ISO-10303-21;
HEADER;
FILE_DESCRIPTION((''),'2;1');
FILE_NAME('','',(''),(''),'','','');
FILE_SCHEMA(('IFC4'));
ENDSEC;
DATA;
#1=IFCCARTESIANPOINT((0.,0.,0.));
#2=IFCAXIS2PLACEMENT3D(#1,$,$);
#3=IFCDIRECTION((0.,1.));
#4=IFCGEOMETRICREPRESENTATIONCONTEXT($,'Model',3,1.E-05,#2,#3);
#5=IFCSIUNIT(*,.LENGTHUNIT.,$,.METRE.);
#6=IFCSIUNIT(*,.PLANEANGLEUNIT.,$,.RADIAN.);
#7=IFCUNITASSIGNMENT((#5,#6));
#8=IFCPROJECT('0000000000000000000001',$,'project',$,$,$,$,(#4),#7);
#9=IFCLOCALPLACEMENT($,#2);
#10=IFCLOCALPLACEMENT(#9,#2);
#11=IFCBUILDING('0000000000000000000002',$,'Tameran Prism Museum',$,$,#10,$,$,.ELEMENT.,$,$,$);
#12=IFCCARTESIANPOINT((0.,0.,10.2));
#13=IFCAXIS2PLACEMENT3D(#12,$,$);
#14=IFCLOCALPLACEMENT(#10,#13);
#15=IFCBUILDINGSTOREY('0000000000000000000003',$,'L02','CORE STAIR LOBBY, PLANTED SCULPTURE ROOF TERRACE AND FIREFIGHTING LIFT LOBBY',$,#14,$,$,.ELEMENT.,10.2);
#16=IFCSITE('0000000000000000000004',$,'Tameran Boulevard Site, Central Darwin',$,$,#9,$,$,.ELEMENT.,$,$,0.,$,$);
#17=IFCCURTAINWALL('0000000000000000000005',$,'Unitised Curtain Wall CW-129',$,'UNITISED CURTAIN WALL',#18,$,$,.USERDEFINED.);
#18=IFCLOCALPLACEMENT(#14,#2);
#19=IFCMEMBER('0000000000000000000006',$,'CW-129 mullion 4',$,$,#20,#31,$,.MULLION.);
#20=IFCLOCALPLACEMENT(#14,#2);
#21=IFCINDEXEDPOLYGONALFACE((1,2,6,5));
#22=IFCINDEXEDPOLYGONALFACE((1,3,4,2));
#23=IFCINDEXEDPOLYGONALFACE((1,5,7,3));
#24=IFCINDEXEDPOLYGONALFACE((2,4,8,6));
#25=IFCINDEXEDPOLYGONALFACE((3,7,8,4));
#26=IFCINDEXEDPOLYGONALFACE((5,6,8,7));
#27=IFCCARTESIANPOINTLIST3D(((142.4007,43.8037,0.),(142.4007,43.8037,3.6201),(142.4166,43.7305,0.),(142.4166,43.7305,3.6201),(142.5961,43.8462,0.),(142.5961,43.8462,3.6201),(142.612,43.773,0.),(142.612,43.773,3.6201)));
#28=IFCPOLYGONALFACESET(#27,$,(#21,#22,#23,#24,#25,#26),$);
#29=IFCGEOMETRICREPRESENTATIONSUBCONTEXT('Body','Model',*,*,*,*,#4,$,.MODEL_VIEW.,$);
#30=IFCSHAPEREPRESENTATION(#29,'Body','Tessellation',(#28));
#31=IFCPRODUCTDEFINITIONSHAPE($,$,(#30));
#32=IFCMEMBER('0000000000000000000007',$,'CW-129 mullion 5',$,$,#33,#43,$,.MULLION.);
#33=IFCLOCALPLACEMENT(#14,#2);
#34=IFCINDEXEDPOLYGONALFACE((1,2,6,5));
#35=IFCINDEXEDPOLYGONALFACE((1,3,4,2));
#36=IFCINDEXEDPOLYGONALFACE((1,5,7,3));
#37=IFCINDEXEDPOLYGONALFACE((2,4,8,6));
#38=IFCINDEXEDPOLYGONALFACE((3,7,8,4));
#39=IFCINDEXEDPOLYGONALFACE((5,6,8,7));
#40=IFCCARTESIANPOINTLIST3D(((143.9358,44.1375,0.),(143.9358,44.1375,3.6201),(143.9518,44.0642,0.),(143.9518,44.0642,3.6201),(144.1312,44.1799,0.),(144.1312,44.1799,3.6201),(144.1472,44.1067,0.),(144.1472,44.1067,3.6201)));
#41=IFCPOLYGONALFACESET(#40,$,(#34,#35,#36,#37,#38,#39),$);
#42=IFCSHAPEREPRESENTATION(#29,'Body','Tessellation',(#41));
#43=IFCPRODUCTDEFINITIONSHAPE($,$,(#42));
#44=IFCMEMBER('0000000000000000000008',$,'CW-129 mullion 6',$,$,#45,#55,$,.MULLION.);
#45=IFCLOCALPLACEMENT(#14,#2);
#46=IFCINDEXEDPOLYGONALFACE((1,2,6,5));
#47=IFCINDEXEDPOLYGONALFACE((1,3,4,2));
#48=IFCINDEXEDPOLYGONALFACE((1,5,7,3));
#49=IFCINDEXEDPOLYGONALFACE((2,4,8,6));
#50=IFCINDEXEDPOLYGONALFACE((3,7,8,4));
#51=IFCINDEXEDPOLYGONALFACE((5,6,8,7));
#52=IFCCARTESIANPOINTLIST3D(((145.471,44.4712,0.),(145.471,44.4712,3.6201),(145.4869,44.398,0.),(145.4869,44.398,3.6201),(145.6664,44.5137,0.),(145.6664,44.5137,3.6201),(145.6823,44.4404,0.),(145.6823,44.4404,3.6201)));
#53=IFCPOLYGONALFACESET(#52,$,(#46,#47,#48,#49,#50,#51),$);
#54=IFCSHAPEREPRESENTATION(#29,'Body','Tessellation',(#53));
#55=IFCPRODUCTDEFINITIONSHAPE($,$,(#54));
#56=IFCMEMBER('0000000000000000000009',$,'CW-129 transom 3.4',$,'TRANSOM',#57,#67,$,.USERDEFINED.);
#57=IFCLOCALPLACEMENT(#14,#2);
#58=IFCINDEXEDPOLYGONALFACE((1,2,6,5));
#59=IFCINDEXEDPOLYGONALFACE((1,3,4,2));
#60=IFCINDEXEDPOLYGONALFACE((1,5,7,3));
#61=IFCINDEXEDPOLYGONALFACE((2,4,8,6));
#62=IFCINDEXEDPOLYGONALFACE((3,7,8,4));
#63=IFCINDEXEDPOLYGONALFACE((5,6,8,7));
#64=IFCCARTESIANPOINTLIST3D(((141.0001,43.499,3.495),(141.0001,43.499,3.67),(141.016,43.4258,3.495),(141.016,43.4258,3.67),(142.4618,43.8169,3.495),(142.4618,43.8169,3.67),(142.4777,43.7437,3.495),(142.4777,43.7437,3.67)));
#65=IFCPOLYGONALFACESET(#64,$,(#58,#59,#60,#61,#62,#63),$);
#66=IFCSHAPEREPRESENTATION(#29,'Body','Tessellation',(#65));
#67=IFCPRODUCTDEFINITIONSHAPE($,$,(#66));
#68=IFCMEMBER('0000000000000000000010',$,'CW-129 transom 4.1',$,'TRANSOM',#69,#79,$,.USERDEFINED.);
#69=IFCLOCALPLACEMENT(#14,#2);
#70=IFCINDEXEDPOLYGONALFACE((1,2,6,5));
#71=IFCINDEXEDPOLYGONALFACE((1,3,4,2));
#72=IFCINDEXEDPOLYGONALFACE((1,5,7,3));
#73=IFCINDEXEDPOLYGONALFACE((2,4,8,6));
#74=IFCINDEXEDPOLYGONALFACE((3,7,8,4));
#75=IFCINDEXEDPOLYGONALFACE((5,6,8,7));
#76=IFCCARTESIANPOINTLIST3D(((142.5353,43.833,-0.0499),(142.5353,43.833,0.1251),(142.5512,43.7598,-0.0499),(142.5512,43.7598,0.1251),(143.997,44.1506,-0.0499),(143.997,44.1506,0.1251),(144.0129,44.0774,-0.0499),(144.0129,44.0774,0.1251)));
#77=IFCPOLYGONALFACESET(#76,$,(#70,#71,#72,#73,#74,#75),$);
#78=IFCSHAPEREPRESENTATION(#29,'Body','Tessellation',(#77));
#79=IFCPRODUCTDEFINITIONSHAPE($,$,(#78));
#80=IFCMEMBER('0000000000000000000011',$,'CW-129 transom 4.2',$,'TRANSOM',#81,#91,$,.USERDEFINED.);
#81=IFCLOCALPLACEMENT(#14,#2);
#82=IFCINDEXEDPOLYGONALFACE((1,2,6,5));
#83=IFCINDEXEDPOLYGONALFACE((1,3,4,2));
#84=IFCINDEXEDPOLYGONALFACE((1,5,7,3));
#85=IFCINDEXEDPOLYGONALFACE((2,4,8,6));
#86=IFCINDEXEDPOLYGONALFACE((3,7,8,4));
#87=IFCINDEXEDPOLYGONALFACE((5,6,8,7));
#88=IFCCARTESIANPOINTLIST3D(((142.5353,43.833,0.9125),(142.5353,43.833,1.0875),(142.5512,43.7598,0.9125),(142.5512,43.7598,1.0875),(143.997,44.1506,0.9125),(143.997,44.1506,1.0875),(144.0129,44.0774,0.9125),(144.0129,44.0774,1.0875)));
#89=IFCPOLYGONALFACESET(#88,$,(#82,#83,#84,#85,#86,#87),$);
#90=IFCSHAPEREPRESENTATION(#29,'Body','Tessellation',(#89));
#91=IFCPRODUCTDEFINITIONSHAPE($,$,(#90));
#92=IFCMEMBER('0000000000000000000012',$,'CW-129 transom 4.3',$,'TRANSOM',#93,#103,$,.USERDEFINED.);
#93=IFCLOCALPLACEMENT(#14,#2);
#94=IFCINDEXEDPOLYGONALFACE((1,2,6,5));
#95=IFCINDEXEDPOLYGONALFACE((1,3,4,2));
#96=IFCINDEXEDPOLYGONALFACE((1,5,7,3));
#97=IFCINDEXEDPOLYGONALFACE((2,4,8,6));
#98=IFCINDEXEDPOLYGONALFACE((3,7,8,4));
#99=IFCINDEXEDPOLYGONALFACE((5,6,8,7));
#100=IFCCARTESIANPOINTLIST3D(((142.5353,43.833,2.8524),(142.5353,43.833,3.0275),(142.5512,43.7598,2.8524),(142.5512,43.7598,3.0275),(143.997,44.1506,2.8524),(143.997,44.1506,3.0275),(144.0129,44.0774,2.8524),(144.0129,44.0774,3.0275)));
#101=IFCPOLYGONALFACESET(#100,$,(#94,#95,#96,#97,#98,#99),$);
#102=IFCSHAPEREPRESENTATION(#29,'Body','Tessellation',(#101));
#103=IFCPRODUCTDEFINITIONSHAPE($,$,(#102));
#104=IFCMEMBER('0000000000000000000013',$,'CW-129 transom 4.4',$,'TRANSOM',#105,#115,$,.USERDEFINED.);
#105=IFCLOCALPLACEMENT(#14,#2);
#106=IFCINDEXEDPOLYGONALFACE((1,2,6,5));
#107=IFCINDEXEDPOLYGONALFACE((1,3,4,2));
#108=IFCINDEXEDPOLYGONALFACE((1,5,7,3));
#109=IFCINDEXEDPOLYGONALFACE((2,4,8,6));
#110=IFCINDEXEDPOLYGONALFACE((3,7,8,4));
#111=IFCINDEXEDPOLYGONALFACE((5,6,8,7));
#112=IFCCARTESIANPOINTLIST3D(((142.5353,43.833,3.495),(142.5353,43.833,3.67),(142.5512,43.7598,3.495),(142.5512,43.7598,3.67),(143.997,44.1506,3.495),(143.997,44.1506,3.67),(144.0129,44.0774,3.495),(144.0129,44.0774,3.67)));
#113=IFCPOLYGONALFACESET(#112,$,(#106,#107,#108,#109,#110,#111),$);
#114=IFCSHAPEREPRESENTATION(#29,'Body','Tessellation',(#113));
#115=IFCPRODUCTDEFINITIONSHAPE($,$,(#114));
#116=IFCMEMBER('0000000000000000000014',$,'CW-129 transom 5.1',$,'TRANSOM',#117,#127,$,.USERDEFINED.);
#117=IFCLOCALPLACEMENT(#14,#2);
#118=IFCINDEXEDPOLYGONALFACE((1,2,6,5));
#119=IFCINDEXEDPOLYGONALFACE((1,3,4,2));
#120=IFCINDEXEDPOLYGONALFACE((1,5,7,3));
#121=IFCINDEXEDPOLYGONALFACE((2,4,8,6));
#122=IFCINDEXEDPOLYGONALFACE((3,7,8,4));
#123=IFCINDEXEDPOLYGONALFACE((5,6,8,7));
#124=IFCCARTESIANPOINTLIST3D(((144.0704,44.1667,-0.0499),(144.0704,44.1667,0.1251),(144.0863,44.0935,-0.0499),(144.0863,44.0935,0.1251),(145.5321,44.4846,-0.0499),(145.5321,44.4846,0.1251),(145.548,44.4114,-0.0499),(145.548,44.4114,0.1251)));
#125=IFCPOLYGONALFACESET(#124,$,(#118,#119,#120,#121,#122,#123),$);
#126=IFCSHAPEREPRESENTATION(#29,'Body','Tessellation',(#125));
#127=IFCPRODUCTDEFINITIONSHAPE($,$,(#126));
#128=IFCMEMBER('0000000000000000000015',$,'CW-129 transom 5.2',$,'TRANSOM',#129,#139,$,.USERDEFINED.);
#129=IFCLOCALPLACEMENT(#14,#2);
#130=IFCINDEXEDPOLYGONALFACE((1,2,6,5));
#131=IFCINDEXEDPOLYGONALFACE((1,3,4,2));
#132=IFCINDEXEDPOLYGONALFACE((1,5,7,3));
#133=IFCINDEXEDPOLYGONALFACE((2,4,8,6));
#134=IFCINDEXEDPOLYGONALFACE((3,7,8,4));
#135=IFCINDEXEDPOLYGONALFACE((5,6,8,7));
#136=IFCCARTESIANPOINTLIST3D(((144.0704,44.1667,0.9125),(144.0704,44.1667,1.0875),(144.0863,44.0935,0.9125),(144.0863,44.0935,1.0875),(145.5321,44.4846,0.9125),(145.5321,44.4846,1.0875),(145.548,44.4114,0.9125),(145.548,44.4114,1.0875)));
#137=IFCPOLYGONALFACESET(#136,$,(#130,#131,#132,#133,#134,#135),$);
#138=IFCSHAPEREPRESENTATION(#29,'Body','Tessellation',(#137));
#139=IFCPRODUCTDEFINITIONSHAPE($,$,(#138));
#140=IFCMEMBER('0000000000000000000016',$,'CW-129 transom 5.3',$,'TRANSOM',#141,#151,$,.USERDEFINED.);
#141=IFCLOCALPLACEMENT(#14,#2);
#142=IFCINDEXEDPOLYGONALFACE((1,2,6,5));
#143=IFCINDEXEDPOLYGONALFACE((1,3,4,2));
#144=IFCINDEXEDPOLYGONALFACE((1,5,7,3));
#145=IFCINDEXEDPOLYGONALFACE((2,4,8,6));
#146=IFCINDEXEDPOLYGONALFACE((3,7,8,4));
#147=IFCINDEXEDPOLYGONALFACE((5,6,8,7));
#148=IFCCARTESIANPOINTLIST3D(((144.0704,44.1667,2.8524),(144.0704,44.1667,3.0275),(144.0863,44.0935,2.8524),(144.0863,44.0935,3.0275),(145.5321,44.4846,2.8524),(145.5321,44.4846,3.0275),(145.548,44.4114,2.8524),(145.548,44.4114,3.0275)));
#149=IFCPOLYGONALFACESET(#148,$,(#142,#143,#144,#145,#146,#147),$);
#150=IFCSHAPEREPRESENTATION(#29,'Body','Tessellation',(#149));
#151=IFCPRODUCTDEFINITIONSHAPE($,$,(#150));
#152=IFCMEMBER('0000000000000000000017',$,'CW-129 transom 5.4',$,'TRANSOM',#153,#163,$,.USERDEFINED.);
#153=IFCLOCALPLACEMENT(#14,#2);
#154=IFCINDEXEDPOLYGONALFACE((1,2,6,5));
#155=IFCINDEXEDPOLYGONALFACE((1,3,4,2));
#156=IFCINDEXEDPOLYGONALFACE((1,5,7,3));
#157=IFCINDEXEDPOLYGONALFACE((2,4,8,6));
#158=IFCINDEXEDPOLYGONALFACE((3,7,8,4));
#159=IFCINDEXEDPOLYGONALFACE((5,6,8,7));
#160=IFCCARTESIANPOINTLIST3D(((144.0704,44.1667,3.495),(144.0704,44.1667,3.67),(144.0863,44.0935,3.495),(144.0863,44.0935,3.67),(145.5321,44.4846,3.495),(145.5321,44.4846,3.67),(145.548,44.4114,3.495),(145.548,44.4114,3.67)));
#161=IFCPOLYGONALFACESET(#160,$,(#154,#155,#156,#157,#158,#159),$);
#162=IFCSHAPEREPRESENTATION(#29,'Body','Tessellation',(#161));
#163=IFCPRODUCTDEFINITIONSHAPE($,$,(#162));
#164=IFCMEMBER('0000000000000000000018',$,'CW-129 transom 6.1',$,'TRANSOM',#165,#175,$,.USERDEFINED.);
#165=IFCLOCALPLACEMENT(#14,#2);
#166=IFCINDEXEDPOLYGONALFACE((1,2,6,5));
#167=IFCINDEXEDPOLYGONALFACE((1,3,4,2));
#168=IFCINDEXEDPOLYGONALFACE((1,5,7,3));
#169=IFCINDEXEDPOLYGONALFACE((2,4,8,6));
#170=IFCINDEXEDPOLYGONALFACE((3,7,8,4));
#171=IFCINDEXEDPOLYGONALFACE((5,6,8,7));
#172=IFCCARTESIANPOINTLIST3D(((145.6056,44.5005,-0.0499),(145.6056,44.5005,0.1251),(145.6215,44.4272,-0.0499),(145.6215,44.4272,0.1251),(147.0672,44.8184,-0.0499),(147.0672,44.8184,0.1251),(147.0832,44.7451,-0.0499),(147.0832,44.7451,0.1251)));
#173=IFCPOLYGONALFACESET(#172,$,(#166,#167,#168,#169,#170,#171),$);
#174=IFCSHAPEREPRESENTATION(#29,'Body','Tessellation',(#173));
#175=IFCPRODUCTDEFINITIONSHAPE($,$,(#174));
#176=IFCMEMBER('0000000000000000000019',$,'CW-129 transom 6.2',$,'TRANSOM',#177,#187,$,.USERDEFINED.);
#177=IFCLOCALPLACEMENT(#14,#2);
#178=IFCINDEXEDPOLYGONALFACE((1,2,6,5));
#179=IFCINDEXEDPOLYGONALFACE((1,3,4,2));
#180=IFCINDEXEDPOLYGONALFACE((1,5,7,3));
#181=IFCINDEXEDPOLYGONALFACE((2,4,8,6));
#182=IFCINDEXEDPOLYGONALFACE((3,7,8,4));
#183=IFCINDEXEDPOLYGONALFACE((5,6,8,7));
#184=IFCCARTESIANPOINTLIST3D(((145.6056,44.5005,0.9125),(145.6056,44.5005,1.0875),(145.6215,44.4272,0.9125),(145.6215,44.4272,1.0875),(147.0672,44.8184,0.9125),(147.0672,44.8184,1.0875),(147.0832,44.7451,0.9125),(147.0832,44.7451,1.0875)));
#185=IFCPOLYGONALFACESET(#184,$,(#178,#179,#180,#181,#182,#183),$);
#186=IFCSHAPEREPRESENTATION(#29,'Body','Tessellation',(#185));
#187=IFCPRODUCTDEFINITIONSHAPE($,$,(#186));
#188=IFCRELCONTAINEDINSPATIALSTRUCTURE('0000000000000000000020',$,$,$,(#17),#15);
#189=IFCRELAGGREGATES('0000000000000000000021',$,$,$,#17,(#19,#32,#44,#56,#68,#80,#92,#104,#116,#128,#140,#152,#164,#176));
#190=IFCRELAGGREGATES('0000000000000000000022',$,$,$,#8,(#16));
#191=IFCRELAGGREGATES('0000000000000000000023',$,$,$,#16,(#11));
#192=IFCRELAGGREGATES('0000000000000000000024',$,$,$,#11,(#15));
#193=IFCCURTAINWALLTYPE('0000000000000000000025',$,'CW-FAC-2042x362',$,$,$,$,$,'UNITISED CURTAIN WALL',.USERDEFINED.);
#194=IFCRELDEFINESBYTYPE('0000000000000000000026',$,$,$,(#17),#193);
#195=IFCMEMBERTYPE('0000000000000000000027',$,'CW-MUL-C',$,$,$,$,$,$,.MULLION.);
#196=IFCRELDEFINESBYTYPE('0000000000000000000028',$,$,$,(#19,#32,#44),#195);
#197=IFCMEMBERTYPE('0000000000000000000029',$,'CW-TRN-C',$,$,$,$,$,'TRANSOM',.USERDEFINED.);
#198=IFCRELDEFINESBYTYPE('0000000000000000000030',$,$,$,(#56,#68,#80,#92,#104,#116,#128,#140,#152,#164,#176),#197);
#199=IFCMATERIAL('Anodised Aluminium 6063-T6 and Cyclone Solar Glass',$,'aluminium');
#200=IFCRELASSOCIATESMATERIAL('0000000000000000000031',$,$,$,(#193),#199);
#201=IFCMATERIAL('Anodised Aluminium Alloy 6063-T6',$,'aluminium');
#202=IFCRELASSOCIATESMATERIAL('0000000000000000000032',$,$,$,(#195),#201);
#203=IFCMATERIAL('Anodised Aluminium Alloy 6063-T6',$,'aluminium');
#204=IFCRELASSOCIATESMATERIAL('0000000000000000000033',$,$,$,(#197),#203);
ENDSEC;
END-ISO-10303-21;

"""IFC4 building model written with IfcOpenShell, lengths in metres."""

from ifc_helpers import new_model, si_unit, direction, frame, origin, origin_2d, place, context, subcontext, project, spatial, rectangle, extrude, material, material_profile, profile_set, type_object, element, aggregate, save


model = new_model("IFC4")

# Units and contexts
model_context = context("Model", 3, precision=1e-05, world=origin(), true_north=direction((0.0, 1.0)))
body_context = subcontext(model_context, "Body", "Model", "MODEL_VIEW")
ifc_project = project(units=[si_unit("LENGTHUNIT", "METRE"), si_unit("PLANEANGLEUNIT", "RADIAN")], contexts=[model_context])

# Site, building, storey
site_placement = place(None, origin())
site = spatial("IfcSite", under=ifc_project, at=site_placement, Name="Tameran Boulevard Site, Central Darwin", CompositionType="ELEMENT", RefElevation=0.0)
building_placement = place(site_placement, origin())
building = spatial("IfcBuilding", under=site, at=building_placement, Name="Tameran Prism Museum", CompositionType="ELEMENT")
storey_placement = place(building_placement, frame((0.0, 0.0, 10.2)))
storey = spatial("IfcBuildingStorey", under=building, at=storey_placement, Name="L02", Description="CORE STAIR LOBBY, PLANTED SCULPTURE ROOF TERRACE AND FIREFIGHTING LIFT LOBBY", CompositionType="ELEMENT", Elevation=10.2)

# Curtain wall, members
ifc_material_1 = material(Name="Anodised Aluminium 6063-T6 and Cyclone Solar Glass", Category="aluminium")
curtain_wall_type = type_object("IfcCurtainWallType", Name="CW-FAC-2042x362", ElementType="UNITISED CURTAIN WALL", PredefinedType="USERDEFINED", material=ifc_material_1)
curtain_wall_placement = place(storey_placement, origin())
curtain_wall = element("IfcCurtainWall", 1, at=curtain_wall_placement, inside=storey, type_object=curtain_wall_type, Name="Unitised Curtain Wall CW-129", ObjectType="UNITISED CURTAIN WALL", PredefinedType="USERDEFINED")
ifc_material_2 = material(Name="Anodised Aluminium Alloy 6063-T6", Category="aluminium")
ifc_material_profile_1 = material_profile(ifc_material_2, rectangle(XDim=0.075, YDim=0.2, at=origin_2d()))
ifc_profile_set_1 = profile_set([ifc_material_profile_1])
member_type_1 = type_object("IfcMemberType", Name="CW-MUL-C", PredefinedType="MULLION", material=ifc_profile_set_1)
member_1_placement = place(storey_placement, frame((142.5063, 43.7883, 0.0), z_axis=(0.0, 0.0, 1.0), x_axis=(-0.212454, 0.977171, 0.0)))
member_1 = element("IfcMember", 2, at=member_1_placement, type_object=member_type_1, Name="CW-129 mullion 4", PredefinedType="MULLION", context=body_context, shape_type="SweptSolid", body=[
    extrude(rectangle(XDim=0.075, YDim=0.2, at=origin_2d()), origin(), (0.0, 0.0, 1.0), 3.6201),
])
member_2_placement = place(storey_placement, frame((144.0415, 44.1221, 0.0), z_axis=(0.0, 0.0, 1.0), x_axis=(-0.212454, 0.977171, 0.0)))
member_2 = element("IfcMember", 3, at=member_2_placement, type_object=member_type_1, Name="CW-129 mullion 5", PredefinedType="MULLION", context=body_context, shape_type="SweptSolid", body=[
    extrude(rectangle(XDim=0.075, YDim=0.2, at=origin_2d()), origin(), (0.0, 0.0, 1.0), 3.6201),
])
member_3_placement = place(storey_placement, frame((145.5767, 44.4558, 0.0), z_axis=(0.0, 0.0, 1.0), x_axis=(-0.212454, 0.977171, 0.0)))
member_3 = element("IfcMember", 4, at=member_3_placement, type_object=member_type_1, Name="CW-129 mullion 6", PredefinedType="MULLION", context=body_context, shape_type="SweptSolid", body=[
    extrude(rectangle(XDim=0.075, YDim=0.2, at=origin_2d()), origin(), (0.0, 0.0, 1.0), 3.6201),
])
ifc_material_3 = material(Name="Anodised Aluminium Alloy 6063-T6", Category="aluminium")
ifc_material_profile_2 = material_profile(ifc_material_3, rectangle(XDim=0.075, YDim=0.175, at=origin_2d()))
ifc_profile_set_2 = profile_set([ifc_material_profile_2])
member_type_2 = type_object("IfcMemberType", Name="CW-TRN-C", ElementType="TRANSOM", PredefinedType="USERDEFINED", material=ifc_profile_set_2)
member_4_placement = place(storey_placement, frame((141.0081, 43.4624, 3.5825), z_axis=(0.97716, 0.212504, 0.0), x_axis=(-0.212504, 0.97716, 0.0)))
member_4 = element("IfcMember", 5, at=member_4_placement, type_object=member_type_2, Name="CW-129 transom 3.4", ObjectType="TRANSOM", PredefinedType="USERDEFINED", context=body_context, shape_type="SweptSolid", body=[
    extrude(rectangle(XDim=0.075, YDim=0.175, at=origin_2d()), origin(), (0.0, 0.0, 1.0), 1.4958),
])
member_5_placement = place(storey_placement, frame((142.5432, 43.7964, 0.0376), z_axis=(0.977194, 0.212348, 0.0), x_axis=(-0.212348, 0.977194, 0.0)))
member_5 = element("IfcMember", 6, at=member_5_placement, type_object=member_type_2, Name="CW-129 transom 4.1", ObjectType="TRANSOM", PredefinedType="USERDEFINED", context=body_context, shape_type="SweptSolid", body=[
    extrude(rectangle(XDim=0.075, YDim=0.175, at=origin_2d()), origin(), (0.0, 0.0, 1.0), 1.4958),
])
member_6_placement = place(storey_placement, frame((142.5432, 43.7964, 1.0), z_axis=(0.977194, 0.212348, 0.0), x_axis=(-0.212348, 0.977194, 0.0)))
member_6 = element("IfcMember", 7, at=member_6_placement, type_object=member_type_2, Name="CW-129 transom 4.2", ObjectType="TRANSOM", PredefinedType="USERDEFINED", context=body_context, shape_type="SweptSolid", body=[
    extrude(rectangle(XDim=0.075, YDim=0.175, at=origin_2d()), origin(), (0.0, 0.0, 1.0), 1.4958),
])
member_7_placement = place(storey_placement, frame((142.5432, 43.7964, 2.9399), z_axis=(0.977194, 0.212348, 0.0), x_axis=(-0.212348, 0.977194, 0.0)))
member_7 = element("IfcMember", 8, at=member_7_placement, type_object=member_type_2, Name="CW-129 transom 4.3", ObjectType="TRANSOM", PredefinedType="USERDEFINED", context=body_context, shape_type="SweptSolid", body=[
    extrude(rectangle(XDim=0.075, YDim=0.175, at=origin_2d()), origin(), (0.0, 0.0, 1.0), 1.4958),
])
member_8_placement = place(storey_placement, frame((142.5432, 43.7964, 3.5825), z_axis=(0.977194, 0.212348, 0.0), x_axis=(-0.212348, 0.977194, 0.0)))
member_8 = element("IfcMember", 9, at=member_8_placement, type_object=member_type_2, Name="CW-129 transom 4.4", ObjectType="TRANSOM", PredefinedType="USERDEFINED", context=body_context, shape_type="SweptSolid", body=[
    extrude(rectangle(XDim=0.075, YDim=0.175, at=origin_2d()), origin(), (0.0, 0.0, 1.0), 1.4958),
])
member_9_placement = place(storey_placement, frame((144.0784, 44.1301, 0.0376), z_axis=(0.97716, 0.212504, 0.0), x_axis=(-0.212504, 0.97716, 0.0)))
member_9 = element("IfcMember", 10, at=member_9_placement, type_object=member_type_2, Name="CW-129 transom 5.1", ObjectType="TRANSOM", PredefinedType="USERDEFINED", context=body_context, shape_type="SweptSolid", body=[
    extrude(rectangle(XDim=0.075, YDim=0.175, at=origin_2d()), origin(), (0.0, 0.0, 1.0), 1.4958),
])
member_10_placement = place(storey_placement, frame((144.0784, 44.1301, 1.0), z_axis=(0.97716, 0.212504, 0.0), x_axis=(-0.212504, 0.97716, 0.0)))
member_10 = element("IfcMember", 11, at=member_10_placement, type_object=member_type_2, Name="CW-129 transom 5.2", ObjectType="TRANSOM", PredefinedType="USERDEFINED", context=body_context, shape_type="SweptSolid", body=[
    extrude(rectangle(XDim=0.075, YDim=0.175, at=origin_2d()), origin(), (0.0, 0.0, 1.0), 1.4958),
])
member_11_placement = place(storey_placement, frame((144.0784, 44.1301, 2.9399), z_axis=(0.97716, 0.212504, 0.0), x_axis=(-0.212504, 0.97716, 0.0)))
member_11 = element("IfcMember", 12, at=member_11_placement, type_object=member_type_2, Name="CW-129 transom 5.3", ObjectType="TRANSOM", PredefinedType="USERDEFINED", context=body_context, shape_type="SweptSolid", body=[
    extrude(rectangle(XDim=0.075, YDim=0.175, at=origin_2d()), origin(), (0.0, 0.0, 1.0), 1.4958),
])
member_12_placement = place(storey_placement, frame((144.0784, 44.1301, 3.5825), z_axis=(0.97716, 0.212504, 0.0), x_axis=(-0.212504, 0.97716, 0.0)))
member_12 = element("IfcMember", 13, at=member_12_placement, type_object=member_type_2, Name="CW-129 transom 5.4", ObjectType="TRANSOM", PredefinedType="USERDEFINED", context=body_context, shape_type="SweptSolid", body=[
    extrude(rectangle(XDim=0.075, YDim=0.175, at=origin_2d()), origin(), (0.0, 0.0, 1.0), 1.4958),
])
member_13_placement = place(storey_placement, frame((145.6135, 44.4639, 0.0376), z_axis=(0.97716, 0.212504, 0.0), x_axis=(-0.212504, 0.97716, 0.0)))
member_13 = element("IfcMember", 14, at=member_13_placement, type_object=member_type_2, Name="CW-129 transom 6.1", ObjectType="TRANSOM", PredefinedType="USERDEFINED", context=body_context, shape_type="SweptSolid", body=[
    extrude(rectangle(XDim=0.075, YDim=0.175, at=origin_2d()), origin(), (0.0, 0.0, 1.0), 1.4958),
])
member_14_placement = place(storey_placement, frame((145.6135, 44.4639, 1.0), z_axis=(0.97716, 0.212504, 0.0), x_axis=(-0.212504, 0.97716, 0.0)))
member_14 = element("IfcMember", 15, at=member_14_placement, type_object=member_type_2, Name="CW-129 transom 6.2", ObjectType="TRANSOM", PredefinedType="USERDEFINED", context=body_context, shape_type="SweptSolid", body=[
    extrude(rectangle(XDim=0.075, YDim=0.175, at=origin_2d()), origin(), (0.0, 0.0, 1.0), 1.4958),
])
aggregate(curtain_wall, [member_1, member_2, member_3, member_4, member_5, member_6, member_7, member_8, member_9, member_10, member_11, member_12, member_13, member_14])

save(model, "model.ifc")
